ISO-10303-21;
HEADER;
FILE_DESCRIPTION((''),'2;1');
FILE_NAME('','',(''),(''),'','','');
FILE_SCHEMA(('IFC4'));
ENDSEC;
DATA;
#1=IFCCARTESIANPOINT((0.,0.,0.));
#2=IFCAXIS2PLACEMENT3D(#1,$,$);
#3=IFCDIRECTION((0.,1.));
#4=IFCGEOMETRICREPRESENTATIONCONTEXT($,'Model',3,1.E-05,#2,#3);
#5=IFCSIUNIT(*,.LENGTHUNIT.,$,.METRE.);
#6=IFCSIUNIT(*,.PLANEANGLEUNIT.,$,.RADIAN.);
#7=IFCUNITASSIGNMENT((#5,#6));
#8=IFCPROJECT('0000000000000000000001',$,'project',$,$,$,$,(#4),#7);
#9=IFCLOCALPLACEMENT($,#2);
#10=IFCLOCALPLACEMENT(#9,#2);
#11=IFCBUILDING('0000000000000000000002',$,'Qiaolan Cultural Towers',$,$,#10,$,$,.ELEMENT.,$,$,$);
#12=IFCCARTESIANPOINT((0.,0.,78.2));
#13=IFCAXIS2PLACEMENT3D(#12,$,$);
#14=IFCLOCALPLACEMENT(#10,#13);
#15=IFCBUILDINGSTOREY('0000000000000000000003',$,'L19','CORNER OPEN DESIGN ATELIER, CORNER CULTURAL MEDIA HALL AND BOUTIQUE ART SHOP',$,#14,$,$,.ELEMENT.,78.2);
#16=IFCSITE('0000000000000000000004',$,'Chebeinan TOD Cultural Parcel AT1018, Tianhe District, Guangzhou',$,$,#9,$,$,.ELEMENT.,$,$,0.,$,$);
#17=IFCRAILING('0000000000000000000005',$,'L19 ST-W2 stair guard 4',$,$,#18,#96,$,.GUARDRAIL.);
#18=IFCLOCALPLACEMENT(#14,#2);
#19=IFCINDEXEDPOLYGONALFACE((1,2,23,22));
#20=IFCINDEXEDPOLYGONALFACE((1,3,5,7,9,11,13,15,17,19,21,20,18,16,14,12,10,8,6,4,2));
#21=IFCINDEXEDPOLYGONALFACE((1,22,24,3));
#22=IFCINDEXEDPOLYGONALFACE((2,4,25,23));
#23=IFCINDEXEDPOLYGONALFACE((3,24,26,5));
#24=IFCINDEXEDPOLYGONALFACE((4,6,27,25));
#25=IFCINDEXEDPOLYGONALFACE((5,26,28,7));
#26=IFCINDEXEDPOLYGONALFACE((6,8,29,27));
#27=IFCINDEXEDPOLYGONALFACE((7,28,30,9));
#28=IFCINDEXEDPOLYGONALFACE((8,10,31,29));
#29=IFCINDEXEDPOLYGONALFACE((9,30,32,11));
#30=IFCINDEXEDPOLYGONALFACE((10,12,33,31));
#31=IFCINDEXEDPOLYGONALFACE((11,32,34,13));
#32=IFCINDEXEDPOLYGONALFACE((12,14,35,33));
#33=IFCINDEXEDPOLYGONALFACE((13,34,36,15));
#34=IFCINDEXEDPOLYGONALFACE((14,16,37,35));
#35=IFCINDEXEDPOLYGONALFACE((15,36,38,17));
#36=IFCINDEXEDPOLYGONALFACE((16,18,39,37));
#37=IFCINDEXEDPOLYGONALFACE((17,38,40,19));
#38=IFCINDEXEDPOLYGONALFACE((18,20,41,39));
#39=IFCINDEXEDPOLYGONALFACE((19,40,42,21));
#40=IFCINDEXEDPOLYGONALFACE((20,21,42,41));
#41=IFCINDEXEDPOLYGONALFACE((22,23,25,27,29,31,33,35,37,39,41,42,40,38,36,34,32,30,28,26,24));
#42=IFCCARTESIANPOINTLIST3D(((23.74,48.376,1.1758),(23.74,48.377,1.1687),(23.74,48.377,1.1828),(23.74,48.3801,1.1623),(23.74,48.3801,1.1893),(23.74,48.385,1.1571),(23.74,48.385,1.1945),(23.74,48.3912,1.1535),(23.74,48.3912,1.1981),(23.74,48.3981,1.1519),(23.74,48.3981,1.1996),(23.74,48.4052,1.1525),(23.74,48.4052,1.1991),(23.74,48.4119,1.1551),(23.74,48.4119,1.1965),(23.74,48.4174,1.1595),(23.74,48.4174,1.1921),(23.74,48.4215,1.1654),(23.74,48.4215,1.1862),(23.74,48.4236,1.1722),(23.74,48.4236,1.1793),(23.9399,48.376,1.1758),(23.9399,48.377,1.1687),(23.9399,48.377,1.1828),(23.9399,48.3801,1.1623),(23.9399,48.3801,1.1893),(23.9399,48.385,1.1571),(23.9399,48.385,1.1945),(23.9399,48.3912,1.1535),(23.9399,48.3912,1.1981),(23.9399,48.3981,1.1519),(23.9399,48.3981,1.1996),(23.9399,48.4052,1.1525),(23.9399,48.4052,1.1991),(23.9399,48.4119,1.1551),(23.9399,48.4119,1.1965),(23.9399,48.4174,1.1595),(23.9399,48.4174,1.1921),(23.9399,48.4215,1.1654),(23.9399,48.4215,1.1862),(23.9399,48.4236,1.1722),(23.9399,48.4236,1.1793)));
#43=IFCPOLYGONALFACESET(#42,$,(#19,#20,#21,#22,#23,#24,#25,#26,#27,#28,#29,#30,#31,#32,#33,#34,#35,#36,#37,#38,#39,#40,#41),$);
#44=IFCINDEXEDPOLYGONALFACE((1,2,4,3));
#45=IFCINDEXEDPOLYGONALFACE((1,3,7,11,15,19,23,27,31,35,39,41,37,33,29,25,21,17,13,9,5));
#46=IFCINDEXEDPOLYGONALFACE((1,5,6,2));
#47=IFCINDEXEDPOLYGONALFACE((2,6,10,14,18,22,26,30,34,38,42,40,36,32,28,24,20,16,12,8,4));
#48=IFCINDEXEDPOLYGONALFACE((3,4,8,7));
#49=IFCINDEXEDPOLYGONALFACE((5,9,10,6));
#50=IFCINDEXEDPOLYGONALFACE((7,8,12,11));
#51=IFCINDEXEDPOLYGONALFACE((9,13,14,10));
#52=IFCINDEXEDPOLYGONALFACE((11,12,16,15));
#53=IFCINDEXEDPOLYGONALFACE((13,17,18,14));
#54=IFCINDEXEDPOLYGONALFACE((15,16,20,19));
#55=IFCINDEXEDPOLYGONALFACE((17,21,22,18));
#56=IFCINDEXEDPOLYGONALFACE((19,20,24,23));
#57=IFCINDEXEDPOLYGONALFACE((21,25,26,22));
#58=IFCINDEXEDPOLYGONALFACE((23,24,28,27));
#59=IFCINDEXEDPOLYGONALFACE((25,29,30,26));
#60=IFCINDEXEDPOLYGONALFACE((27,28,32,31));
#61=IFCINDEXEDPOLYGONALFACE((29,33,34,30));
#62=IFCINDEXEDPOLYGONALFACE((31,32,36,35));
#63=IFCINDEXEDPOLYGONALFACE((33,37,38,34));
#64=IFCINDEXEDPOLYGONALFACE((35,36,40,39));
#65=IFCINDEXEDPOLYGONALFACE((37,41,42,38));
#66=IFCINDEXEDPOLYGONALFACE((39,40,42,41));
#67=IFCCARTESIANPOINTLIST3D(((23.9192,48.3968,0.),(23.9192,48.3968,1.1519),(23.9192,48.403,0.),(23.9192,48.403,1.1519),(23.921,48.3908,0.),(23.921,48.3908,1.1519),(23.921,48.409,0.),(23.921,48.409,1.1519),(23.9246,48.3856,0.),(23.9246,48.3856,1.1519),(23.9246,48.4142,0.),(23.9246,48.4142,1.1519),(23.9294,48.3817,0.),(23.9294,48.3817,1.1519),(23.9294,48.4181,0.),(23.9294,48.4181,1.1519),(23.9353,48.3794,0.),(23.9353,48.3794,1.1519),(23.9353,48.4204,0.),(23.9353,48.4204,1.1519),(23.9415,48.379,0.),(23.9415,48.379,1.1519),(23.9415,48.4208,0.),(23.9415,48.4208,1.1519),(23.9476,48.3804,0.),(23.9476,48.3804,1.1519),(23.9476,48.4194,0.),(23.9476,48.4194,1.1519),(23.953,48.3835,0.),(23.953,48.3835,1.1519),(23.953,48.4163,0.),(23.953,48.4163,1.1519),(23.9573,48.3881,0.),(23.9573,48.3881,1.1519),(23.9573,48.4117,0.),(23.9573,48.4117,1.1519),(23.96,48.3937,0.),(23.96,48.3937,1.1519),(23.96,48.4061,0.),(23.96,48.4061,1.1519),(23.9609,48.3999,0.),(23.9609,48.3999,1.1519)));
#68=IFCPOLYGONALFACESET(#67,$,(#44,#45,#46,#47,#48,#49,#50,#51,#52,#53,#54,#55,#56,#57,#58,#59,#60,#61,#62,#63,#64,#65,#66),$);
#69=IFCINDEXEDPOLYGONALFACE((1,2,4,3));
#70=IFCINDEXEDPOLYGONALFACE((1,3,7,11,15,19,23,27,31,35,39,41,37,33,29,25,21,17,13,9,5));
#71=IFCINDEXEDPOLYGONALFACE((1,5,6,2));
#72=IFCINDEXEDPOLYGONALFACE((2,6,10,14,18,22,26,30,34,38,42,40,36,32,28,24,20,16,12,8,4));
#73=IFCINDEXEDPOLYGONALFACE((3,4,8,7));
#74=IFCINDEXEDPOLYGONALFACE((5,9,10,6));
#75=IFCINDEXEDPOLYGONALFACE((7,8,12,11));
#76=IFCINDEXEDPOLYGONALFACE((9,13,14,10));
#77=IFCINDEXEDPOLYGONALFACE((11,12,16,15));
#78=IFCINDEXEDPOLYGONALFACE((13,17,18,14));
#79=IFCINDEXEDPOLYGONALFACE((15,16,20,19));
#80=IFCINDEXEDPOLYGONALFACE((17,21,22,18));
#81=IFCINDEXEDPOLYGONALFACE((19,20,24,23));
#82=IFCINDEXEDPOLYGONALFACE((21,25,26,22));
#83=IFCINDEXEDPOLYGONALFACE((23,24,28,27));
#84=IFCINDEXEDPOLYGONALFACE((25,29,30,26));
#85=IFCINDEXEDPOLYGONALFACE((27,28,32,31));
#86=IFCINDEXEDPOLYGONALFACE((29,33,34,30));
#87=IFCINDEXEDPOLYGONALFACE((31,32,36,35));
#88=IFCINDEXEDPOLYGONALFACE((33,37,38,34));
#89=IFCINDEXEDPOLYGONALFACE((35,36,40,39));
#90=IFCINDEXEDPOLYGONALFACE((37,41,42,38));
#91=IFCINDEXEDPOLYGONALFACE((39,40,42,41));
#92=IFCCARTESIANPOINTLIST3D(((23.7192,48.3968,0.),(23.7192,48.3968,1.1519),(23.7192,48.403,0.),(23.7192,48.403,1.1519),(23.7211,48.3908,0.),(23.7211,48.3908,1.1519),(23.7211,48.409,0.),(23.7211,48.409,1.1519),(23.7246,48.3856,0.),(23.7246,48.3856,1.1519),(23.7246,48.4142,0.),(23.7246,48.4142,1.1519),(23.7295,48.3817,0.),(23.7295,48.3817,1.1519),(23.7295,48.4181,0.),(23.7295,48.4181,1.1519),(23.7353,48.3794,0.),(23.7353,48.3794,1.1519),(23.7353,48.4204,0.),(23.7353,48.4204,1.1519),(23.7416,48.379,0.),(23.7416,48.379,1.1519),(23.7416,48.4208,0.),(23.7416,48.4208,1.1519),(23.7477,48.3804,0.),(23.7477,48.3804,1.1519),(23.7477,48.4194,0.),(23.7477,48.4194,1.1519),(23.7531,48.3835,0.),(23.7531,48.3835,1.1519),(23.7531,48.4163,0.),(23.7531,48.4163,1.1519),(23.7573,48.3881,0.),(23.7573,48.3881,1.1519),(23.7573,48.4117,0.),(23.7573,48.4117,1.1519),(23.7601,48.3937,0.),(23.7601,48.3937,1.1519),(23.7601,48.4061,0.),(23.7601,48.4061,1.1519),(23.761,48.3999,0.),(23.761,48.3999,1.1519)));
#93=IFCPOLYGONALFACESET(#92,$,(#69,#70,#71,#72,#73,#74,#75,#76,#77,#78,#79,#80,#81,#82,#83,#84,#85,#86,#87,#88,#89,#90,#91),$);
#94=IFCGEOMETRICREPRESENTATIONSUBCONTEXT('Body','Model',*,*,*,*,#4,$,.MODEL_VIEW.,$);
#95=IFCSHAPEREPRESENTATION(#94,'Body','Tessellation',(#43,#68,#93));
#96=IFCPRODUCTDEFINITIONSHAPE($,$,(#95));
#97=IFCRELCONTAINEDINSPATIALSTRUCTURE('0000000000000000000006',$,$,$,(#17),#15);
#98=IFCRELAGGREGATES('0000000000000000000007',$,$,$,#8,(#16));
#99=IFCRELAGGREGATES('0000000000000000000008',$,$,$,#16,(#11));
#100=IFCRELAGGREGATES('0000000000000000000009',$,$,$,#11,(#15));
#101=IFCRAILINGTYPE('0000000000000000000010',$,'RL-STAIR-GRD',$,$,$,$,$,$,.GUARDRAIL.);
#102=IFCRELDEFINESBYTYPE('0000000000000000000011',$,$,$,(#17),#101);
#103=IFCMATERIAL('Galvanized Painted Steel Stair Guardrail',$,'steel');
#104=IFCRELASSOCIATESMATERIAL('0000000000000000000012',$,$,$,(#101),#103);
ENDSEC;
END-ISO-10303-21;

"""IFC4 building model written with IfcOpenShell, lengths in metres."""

from ifc_helpers import new_model, si_unit, direction, frame, origin, origin_2d, place, context, subcontext, project, spatial, circle, extrude, material, type_object, element, save


model = new_model("IFC4")

# Units and contexts
model_context = context("Model", 3, precision=1e-05, world=origin(), true_north=direction((0.0, 1.0)))
body_context = subcontext(model_context, "Body", "Model", "MODEL_VIEW")
ifc_project = project(units=[si_unit("LENGTHUNIT", "METRE"), si_unit("PLANEANGLEUNIT", "RADIAN")], contexts=[model_context])

# Site, building, storey
site_placement = place(None, origin())
site = spatial("IfcSite", under=ifc_project, at=site_placement, Name="Chebeinan TOD Cultural Parcel AT1018, Tianhe District, Guangzhou", CompositionType="ELEMENT", RefElevation=0.0)
building_placement = place(site_placement, origin())
building = spatial("IfcBuilding", under=site, at=building_placement, Name="Qiaolan Cultural Towers", CompositionType="ELEMENT")
storey_placement = place(building_placement, frame((0.0, 0.0, 78.2)))
storey = spatial("IfcBuildingStorey", under=building, at=storey_placement, Name="L19", Description="CORNER OPEN DESIGN ATELIER, CORNER CULTURAL MEDIA HALL AND BOUTIQUE ART SHOP", CompositionType="ELEMENT", Elevation=78.2)

# Railing
ifc_material_1 = material(Name="Galvanized Painted Steel Stair Guardrail", Category="steel")
railing_type_1 = type_object("IfcRailingType", Name="RL-STAIR-GRD", PredefinedType="GUARDRAIL", material=ifc_material_1)
railing_1_placement = place(storey_placement, frame((23.9399, 48.3999, 0.0)))
element("IfcRailing", 1, at=railing_1_placement, inside=storey, type_object=railing_type_1, Name="L19 ST-W2 stair guard 4", PredefinedType="GUARDRAIL", context=body_context, shape_type="SweptSolid", body=[
    extrude(circle(Radius=0.0239, at=origin_2d()), frame((0.0, 0.0, 1.1758), z_axis=(-1.0, 0.0, 0.0), x_axis=(0.0, -1.0, 0.0)), (0.0, 0.0, 1.0), 0.2),
    extrude(circle(Radius=0.021, at=origin_2d()), origin(), (0.0, 0.0, 1.0), 1.1519),
    extrude(circle(Radius=0.021, at=origin_2d()), frame((-0.2, 0.0, 0.0)), (0.0, 0.0, 1.0), 1.1519),
])

save(model, "model.ifc")
